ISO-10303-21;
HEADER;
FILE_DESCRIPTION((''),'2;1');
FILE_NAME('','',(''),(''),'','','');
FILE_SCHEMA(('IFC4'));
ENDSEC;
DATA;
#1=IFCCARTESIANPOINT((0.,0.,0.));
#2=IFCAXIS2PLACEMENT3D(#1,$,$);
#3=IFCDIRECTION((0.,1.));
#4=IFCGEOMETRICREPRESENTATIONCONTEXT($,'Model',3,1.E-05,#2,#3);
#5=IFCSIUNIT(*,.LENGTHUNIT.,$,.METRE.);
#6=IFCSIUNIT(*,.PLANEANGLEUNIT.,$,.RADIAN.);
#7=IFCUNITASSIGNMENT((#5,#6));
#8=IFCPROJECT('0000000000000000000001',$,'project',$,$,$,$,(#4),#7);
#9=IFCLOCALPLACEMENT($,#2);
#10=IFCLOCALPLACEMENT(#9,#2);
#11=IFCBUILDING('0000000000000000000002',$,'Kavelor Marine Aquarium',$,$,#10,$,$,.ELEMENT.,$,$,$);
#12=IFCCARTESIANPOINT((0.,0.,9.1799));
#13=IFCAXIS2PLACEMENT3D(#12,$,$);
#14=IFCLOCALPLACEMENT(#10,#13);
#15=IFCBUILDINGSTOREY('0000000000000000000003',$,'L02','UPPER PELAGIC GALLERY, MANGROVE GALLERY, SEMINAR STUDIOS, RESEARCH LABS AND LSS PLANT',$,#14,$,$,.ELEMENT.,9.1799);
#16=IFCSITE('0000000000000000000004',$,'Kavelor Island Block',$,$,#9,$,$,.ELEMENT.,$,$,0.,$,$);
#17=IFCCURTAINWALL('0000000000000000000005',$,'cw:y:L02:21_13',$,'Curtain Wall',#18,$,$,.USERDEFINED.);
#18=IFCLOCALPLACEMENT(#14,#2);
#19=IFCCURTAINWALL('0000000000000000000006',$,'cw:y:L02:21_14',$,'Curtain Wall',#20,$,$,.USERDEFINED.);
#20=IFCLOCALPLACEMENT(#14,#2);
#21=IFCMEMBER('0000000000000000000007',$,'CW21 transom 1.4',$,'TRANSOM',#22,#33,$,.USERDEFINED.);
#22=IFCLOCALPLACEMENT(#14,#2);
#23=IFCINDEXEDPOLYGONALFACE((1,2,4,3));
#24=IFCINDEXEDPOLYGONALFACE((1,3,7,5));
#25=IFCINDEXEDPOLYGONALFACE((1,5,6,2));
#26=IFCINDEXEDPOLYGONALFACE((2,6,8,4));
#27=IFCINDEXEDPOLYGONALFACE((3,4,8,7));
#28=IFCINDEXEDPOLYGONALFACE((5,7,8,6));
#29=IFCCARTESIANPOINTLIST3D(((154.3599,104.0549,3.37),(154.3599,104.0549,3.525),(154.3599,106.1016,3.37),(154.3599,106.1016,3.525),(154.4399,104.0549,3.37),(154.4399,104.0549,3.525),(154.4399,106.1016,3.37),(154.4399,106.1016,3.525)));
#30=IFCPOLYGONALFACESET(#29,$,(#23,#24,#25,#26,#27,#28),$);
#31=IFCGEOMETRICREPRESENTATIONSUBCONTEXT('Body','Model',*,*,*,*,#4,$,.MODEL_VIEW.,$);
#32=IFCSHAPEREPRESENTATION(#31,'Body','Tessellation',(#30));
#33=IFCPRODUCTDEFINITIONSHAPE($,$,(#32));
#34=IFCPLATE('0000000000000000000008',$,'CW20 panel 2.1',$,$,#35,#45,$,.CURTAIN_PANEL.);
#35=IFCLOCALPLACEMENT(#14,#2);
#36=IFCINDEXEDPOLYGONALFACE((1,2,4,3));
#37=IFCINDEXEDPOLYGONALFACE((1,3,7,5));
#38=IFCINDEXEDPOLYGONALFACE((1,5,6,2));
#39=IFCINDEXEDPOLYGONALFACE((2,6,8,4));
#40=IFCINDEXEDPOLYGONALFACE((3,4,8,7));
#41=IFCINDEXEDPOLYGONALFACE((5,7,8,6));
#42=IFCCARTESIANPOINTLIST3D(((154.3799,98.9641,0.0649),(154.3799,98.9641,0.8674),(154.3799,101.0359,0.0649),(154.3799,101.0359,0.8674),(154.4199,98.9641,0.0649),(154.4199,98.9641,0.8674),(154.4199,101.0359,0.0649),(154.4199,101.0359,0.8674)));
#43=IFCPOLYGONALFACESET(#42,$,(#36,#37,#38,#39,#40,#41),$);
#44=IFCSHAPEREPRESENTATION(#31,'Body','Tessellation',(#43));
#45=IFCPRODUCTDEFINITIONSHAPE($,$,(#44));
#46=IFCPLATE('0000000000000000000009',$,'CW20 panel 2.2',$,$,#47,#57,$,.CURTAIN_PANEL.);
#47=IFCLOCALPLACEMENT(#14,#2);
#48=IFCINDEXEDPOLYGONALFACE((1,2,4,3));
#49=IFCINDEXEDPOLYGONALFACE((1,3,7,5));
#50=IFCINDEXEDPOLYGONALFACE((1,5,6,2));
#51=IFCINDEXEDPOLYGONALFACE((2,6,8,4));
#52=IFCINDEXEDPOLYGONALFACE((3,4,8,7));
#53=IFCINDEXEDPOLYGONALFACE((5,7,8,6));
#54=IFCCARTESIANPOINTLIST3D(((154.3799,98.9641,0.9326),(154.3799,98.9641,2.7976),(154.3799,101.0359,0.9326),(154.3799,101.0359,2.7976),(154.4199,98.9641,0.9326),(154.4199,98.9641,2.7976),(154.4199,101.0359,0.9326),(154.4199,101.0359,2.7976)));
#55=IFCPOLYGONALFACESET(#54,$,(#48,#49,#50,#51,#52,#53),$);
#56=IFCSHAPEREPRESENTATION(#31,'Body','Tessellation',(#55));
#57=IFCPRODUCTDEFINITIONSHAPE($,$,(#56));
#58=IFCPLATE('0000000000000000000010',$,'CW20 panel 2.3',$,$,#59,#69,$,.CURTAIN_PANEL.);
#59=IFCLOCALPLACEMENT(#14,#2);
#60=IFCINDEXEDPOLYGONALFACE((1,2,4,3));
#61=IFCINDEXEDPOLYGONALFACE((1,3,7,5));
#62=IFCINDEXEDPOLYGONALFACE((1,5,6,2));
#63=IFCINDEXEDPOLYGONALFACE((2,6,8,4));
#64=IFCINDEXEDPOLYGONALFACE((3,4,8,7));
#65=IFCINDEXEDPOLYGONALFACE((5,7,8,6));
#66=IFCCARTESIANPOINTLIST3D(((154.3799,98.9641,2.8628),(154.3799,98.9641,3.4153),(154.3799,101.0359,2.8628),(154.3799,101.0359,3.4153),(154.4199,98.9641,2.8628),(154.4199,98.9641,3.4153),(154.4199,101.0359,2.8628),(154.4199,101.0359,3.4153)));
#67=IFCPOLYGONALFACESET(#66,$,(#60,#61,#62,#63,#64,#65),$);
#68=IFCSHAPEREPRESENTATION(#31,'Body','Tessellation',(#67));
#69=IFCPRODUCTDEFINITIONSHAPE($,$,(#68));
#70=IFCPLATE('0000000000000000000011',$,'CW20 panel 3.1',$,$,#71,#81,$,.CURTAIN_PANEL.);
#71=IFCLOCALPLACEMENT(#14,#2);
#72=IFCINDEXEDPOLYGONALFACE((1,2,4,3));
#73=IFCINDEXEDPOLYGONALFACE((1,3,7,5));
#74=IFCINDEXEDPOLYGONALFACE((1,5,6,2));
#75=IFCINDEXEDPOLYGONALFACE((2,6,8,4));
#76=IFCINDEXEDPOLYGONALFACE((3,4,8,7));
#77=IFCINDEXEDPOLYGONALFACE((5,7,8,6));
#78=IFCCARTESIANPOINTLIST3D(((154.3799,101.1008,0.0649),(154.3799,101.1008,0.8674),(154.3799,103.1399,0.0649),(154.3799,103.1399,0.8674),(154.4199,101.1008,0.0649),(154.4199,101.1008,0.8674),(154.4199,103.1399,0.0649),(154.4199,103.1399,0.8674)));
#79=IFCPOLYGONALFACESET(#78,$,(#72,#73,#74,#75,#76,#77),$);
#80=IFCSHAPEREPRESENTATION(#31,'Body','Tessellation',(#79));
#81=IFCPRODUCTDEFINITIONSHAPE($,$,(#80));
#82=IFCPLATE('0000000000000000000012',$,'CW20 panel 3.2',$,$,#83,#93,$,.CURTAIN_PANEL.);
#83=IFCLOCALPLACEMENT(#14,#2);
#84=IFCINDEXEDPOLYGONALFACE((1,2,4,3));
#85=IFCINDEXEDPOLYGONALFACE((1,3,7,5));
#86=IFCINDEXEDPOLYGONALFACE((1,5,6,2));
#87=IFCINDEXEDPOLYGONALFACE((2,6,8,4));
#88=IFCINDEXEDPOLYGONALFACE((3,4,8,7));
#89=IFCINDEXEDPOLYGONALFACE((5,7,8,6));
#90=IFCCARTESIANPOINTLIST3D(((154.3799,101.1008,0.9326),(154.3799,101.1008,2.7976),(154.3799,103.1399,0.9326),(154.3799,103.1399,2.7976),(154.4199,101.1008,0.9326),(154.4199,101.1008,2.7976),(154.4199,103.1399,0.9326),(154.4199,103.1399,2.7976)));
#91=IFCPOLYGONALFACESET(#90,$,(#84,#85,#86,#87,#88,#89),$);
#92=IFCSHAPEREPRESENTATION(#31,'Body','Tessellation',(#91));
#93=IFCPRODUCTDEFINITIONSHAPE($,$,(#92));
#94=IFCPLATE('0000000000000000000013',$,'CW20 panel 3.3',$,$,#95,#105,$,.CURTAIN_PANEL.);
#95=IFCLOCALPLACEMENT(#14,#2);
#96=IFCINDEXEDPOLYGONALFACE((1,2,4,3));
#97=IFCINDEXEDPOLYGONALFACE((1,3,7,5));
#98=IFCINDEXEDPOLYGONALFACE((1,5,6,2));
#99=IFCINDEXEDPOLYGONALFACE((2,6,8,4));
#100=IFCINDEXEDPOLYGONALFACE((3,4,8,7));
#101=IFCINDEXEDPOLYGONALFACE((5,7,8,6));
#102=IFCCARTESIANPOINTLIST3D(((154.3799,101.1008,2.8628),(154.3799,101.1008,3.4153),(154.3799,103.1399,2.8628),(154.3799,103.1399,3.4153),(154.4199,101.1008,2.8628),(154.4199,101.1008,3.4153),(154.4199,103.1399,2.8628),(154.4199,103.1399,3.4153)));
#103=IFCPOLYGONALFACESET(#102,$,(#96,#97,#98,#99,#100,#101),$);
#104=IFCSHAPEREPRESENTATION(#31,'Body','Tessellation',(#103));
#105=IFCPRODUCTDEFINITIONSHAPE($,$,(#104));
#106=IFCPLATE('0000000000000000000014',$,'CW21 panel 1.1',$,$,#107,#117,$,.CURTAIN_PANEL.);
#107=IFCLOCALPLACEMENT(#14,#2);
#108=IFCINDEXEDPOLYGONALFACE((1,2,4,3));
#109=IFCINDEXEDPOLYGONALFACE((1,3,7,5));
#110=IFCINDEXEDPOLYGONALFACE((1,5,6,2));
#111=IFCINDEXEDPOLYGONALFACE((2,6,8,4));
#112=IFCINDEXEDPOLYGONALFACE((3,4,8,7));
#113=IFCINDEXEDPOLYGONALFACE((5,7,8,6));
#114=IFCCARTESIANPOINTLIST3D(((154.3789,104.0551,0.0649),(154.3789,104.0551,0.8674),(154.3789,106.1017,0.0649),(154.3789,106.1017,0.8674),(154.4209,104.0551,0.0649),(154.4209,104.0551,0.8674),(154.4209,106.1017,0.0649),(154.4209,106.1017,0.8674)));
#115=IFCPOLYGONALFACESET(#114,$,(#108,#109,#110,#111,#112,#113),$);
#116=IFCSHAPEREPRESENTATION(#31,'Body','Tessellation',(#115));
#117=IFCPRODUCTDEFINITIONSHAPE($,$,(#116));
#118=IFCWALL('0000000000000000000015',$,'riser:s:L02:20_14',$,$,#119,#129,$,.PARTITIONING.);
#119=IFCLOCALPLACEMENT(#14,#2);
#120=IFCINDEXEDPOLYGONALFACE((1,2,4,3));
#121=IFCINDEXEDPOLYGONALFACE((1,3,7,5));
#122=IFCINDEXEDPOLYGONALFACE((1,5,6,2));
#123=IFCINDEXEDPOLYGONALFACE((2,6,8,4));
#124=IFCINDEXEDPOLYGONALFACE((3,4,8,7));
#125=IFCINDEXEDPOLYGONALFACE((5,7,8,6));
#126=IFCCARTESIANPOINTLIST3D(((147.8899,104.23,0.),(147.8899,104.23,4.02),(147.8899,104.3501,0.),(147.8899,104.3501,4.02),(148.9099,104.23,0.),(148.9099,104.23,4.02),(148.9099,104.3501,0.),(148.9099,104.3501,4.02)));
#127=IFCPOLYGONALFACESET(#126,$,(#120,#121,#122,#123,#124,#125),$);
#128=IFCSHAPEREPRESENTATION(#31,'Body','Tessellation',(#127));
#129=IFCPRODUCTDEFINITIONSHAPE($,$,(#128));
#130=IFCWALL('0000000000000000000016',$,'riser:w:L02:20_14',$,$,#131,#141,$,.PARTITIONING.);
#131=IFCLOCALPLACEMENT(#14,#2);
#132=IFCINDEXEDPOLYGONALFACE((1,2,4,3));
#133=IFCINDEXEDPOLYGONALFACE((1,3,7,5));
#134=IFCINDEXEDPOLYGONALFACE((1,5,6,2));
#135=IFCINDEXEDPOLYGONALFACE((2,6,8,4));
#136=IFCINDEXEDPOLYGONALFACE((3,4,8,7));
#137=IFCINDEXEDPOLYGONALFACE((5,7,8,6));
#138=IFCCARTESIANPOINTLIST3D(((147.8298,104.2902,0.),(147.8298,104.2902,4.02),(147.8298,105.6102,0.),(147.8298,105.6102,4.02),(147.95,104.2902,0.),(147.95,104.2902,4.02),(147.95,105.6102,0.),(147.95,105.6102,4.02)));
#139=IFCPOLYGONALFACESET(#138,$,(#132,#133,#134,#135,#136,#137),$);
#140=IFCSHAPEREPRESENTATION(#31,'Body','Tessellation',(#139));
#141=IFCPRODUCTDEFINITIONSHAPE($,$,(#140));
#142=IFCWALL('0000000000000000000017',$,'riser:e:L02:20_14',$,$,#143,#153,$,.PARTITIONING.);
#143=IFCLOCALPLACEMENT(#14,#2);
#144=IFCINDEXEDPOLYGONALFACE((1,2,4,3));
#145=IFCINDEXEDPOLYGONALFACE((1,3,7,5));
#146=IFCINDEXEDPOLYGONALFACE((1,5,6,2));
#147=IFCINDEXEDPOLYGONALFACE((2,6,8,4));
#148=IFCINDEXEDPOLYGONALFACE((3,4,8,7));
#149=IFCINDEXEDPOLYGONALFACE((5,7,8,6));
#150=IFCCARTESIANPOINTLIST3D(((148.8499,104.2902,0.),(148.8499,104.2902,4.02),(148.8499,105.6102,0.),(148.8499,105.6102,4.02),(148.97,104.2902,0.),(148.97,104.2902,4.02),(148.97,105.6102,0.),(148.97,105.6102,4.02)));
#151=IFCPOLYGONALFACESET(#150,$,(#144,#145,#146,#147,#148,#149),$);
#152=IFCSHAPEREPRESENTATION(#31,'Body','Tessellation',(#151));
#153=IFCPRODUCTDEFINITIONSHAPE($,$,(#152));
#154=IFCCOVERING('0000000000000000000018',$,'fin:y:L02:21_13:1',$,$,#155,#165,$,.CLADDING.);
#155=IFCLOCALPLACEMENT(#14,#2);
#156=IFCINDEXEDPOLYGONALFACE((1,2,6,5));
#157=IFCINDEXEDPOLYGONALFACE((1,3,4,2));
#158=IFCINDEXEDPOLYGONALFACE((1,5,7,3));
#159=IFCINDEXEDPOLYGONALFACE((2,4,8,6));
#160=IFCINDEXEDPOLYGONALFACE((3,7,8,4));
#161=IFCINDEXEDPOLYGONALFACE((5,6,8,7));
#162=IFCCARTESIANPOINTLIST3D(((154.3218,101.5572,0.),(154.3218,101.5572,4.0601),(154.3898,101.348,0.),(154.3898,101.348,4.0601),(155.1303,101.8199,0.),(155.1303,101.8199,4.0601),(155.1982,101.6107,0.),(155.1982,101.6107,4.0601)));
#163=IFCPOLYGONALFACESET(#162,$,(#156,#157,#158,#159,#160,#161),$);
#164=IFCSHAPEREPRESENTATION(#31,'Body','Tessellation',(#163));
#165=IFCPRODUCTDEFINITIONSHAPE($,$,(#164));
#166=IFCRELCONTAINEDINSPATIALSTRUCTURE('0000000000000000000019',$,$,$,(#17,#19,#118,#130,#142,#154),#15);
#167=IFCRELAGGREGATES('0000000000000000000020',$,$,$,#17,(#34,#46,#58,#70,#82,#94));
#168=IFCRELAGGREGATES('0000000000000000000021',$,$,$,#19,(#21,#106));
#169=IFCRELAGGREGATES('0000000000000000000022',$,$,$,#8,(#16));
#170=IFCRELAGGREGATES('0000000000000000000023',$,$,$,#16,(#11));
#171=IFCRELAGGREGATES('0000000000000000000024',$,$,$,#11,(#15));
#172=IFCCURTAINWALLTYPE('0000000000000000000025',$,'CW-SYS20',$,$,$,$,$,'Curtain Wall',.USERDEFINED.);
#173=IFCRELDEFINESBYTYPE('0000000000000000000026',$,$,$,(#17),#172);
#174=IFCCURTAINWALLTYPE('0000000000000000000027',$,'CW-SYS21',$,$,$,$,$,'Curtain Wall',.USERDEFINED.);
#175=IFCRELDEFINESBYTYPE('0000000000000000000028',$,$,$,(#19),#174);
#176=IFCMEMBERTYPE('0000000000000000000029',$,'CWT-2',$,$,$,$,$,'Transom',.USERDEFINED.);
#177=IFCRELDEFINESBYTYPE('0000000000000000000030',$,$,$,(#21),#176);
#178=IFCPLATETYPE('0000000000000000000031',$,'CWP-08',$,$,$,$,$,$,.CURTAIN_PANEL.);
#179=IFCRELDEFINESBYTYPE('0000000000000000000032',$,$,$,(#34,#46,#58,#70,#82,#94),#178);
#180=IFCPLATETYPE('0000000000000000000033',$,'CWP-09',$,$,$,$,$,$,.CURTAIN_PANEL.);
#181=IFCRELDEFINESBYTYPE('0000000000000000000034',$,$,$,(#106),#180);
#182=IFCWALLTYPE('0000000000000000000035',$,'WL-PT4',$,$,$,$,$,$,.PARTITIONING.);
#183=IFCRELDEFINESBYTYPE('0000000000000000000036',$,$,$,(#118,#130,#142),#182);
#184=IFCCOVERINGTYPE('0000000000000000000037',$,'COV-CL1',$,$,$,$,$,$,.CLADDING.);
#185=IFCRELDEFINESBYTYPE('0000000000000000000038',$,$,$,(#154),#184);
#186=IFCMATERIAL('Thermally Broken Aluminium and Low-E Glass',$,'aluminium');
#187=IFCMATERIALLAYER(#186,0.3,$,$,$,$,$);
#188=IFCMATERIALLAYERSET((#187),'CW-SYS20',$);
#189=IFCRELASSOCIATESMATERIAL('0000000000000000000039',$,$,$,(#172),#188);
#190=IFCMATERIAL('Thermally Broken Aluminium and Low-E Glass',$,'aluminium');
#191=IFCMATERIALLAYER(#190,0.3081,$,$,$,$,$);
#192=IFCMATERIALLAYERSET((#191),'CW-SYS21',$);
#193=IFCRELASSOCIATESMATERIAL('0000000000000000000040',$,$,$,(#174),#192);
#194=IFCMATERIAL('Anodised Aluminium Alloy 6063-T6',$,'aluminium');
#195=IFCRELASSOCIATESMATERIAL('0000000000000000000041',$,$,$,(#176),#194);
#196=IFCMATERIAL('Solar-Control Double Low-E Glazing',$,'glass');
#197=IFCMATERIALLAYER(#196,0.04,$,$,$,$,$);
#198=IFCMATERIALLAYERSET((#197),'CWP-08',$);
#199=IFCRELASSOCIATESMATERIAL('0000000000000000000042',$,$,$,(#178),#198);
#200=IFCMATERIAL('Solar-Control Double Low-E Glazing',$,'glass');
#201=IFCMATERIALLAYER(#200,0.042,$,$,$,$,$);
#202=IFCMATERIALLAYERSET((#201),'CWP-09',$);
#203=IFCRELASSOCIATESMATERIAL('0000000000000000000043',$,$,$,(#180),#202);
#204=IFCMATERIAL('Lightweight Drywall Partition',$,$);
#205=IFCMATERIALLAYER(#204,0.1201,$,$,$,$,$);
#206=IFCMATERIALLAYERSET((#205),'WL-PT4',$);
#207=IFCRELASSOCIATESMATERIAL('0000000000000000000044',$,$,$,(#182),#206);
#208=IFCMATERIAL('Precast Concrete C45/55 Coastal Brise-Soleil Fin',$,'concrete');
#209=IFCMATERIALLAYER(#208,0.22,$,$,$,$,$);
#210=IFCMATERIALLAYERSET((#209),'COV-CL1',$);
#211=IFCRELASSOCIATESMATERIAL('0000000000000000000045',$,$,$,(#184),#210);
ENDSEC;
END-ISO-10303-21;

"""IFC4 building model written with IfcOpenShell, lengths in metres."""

from ifc_helpers import new_model, si_unit, direction, frame, frame_2d, origin, origin_2d, place, context, subcontext, project, spatial, rectangle, extrude, material, layer, layer_set, material_profile, profile_set, type_object, element, aggregate, save


model = new_model("IFC4")

# Units and contexts
model_context = context("Model", 3, precision=1e-05, world=origin(), true_north=direction((0.0, 1.0)))
body_context = subcontext(model_context, "Body", "Model", "MODEL_VIEW")
ifc_project = project(units=[si_unit("LENGTHUNIT", "METRE"), si_unit("PLANEANGLEUNIT", "RADIAN")], contexts=[model_context])

# Site, building, storey
site_placement = place(None, origin())
site = spatial("IfcSite", under=ifc_project, at=site_placement, Name="Kavelor Island Block", CompositionType="ELEMENT", RefElevation=0.0)
building_placement = place(site_placement, origin())
building = spatial("IfcBuilding", under=site, at=building_placement, Name="Kavelor Marine Aquarium", CompositionType="ELEMENT")
storey_placement = place(building_placement, frame((0.0, 0.0, 9.1799)))
storey = spatial("IfcBuildingStorey", under=building, at=storey_placement, Name="L02", Description="UPPER PELAGIC GALLERY, MANGROVE GALLERY, SEMINAR STUDIOS, RESEARCH LABS AND LSS PLANT", CompositionType="ELEMENT", Elevation=9.1799)

# Curtain wall
ifc_material_1 = material(Name="Thermally Broken Aluminium and Low-E Glass", Category="aluminium")
ifc_layer_1 = layer(ifc_material_1, 0.3)
ifc_layer_set_1 = layer_set([ifc_layer_1], Name="CW-SYS20")
curtain_wall_type_1 = type_object("IfcCurtainWallType", Name="CW-SYS20", ElementType="Curtain Wall", PredefinedType="USERDEFINED", material=ifc_layer_set_1)
curtain_wall_1_placement = place(storey_placement, origin())
curtain_wall_1 = element("IfcCurtainWall", 1, at=curtain_wall_1_placement, inside=storey, type_object=curtain_wall_type_1, Name="cw:y:L02:21_13", ObjectType="Curtain Wall", PredefinedType="USERDEFINED")

# Curtain wall
ifc_material_2 = material(Name="Thermally Broken Aluminium and Low-E Glass", Category="aluminium")
ifc_layer_2 = layer(ifc_material_2, 0.3081)
ifc_layer_set_2 = layer_set([ifc_layer_2], Name="CW-SYS21")
curtain_wall_type_2 = type_object("IfcCurtainWallType", Name="CW-SYS21", ElementType="Curtain Wall", PredefinedType="USERDEFINED", material=ifc_layer_set_2)
curtain_wall_2_placement = place(storey_placement, origin())
curtain_wall_2 = element("IfcCurtainWall", 2, at=curtain_wall_2_placement, inside=storey, type_object=curtain_wall_type_2, Name="cw:y:L02:21_14", ObjectType="Curtain Wall", PredefinedType="USERDEFINED")

# Member
ifc_material_3 = material(Name="Anodised Aluminium Alloy 6063-T6", Category="aluminium")
ifc_material_profile_1 = material_profile(ifc_material_3, rectangle(XDim=0.0801, YDim=0.155, at=origin_2d()), Name="CW-TRN 80x155")
ifc_profile_set_1 = profile_set([ifc_material_profile_1], Name="Anodised Aluminium Alloy 6063-T6")
member_type_1 = type_object("IfcMemberType", Name="CWT-2", ElementType="Transom", PredefinedType="USERDEFINED", material=ifc_profile_set_1)
member_1_placement = place(storey_placement, frame((154.3999, 104.0549, 3.4475), z_axis=(0.0, 1.0, 0.0), x_axis=(-1.0, 0.0, 0.0)))
member_1 = element("IfcMember", 3, at=member_1_placement, type_object=member_type_1, Name="CW21 transom 1.4", ObjectType="TRANSOM", PredefinedType="USERDEFINED", context=body_context, shape_type="SweptSolid", body=[
    extrude(rectangle(XDim=0.0801, YDim=0.155, at=origin_2d()), origin(), (0.0, 0.0, 1.0), 2.0466),
])

# Plates
ifc_material_4 = material(Name="Solar-Control Double Low-E Glazing", Category="glass")
ifc_layer_3 = layer(ifc_material_4, 0.04)
ifc_layer_set_3 = layer_set([ifc_layer_3], Name="CWP-08")
plate_type_1 = type_object("IfcPlateType", Name="CWP-08", PredefinedType="CURTAIN_PANEL", material=ifc_layer_set_3)
plate_1_placement = place(storey_placement, frame((154.3999, 100.0, 0.0649), z_axis=(0.0, 0.0, 1.0), x_axis=(0.0, 1.0, 0.0)))
plate_1 = element("IfcPlate", 4, at=plate_1_placement, type_object=plate_type_1, Name="CW20 panel 2.1", PredefinedType="CURTAIN_PANEL", context=body_context, shape_type="SweptSolid", body=[
    extrude(rectangle(XDim=2.0718, YDim=0.04, at=origin_2d()), origin(), (0.0, 0.0, 1.0), 0.8025),
])
plate_2_placement = place(storey_placement, frame((154.3999, 100.0, 0.9326), z_axis=(0.0, 0.0, 1.0), x_axis=(0.0, 1.0, 0.0)))
plate_2 = element("IfcPlate", 5, at=plate_2_placement, type_object=plate_type_1, Name="CW20 panel 2.2", PredefinedType="CURTAIN_PANEL", context=body_context, shape_type="SweptSolid", body=[
    extrude(rectangle(XDim=2.0718, YDim=0.04, at=origin_2d()), origin(), (0.0, 0.0, 1.0), 1.865),
])
plate_3_placement = place(storey_placement, frame((154.3999, 100.0, 2.8628), z_axis=(0.0, 0.0, 1.0), x_axis=(0.0, 1.0, 0.0)))
plate_3 = element("IfcPlate", 6, at=plate_3_placement, type_object=plate_type_1, Name="CW20 panel 2.3", PredefinedType="CURTAIN_PANEL", context=body_context, shape_type="SweptSolid", body=[
    extrude(rectangle(XDim=2.0718, YDim=0.04, at=origin_2d()), origin(), (0.0, 0.0, 1.0), 0.5525),
])
plate_4_placement = place(storey_placement, frame((154.3999, 102.1204, 0.0649), z_axis=(0.0, 0.0, 1.0), x_axis=(0.0, 1.0, 0.0)))
plate_4 = element("IfcPlate", 7, at=plate_4_placement, type_object=plate_type_1, Name="CW20 panel 3.1", PredefinedType="CURTAIN_PANEL", context=body_context, shape_type="SweptSolid", body=[
    extrude(rectangle(XDim=2.0391, YDim=0.04, at=origin_2d()), origin(), (0.0, 0.0, 1.0), 0.8025),
])
plate_5_placement = place(storey_placement, frame((154.3999, 102.1204, 0.9326), z_axis=(0.0, 0.0, 1.0), x_axis=(0.0, 1.0, 0.0)))
plate_5 = element("IfcPlate", 8, at=plate_5_placement, type_object=plate_type_1, Name="CW20 panel 3.2", PredefinedType="CURTAIN_PANEL", context=body_context, shape_type="SweptSolid", body=[
    extrude(rectangle(XDim=2.0391, YDim=0.04, at=origin_2d()), origin(), (0.0, 0.0, 1.0), 1.865),
])
plate_6_placement = place(storey_placement, frame((154.3999, 102.1204, 2.8628), z_axis=(0.0, 0.0, 1.0), x_axis=(0.0, 1.0, 0.0)))
plate_6 = element("IfcPlate", 9, at=plate_6_placement, type_object=plate_type_1, Name="CW20 panel 3.3", PredefinedType="CURTAIN_PANEL", context=body_context, shape_type="SweptSolid", body=[
    extrude(rectangle(XDim=2.0391, YDim=0.04, at=origin_2d()), origin(), (0.0, 0.0, 1.0), 0.5525),
])
aggregate(curtain_wall_1, [plate_1, plate_2, plate_3, plate_4, plate_5, plate_6])
ifc_material_5 = material(Name="Solar-Control Double Low-E Glazing", Category="glass")
ifc_layer_4 = layer(ifc_material_5, 0.042)
ifc_layer_set_4 = layer_set([ifc_layer_4], Name="CWP-09")
plate_type_2 = type_object("IfcPlateType", Name="CWP-09", PredefinedType="CURTAIN_PANEL", material=ifc_layer_set_4)
plate_7_placement = place(storey_placement, frame((154.3999, 105.0784, 0.0649), z_axis=(0.0, 0.0, 1.0), x_axis=(0.0, 1.0, 0.0)))
plate_7 = element("IfcPlate", 10, at=plate_7_placement, type_object=plate_type_2, Name="CW21 panel 1.1", PredefinedType="CURTAIN_PANEL", context=body_context, shape_type="SweptSolid", body=[
    extrude(rectangle(XDim=2.0466, YDim=0.042, at=origin_2d()), origin(), (0.0, 0.0, 1.0), 0.8025),
])
aggregate(curtain_wall_2, [member_1, plate_7])

# Walls
ifc_material_6 = material(Name="Lightweight Drywall Partition")
ifc_layer_5 = layer(ifc_material_6, 0.1201)
ifc_layer_set_5 = layer_set([ifc_layer_5], Name="WL-PT4")
wall_type = type_object("IfcWallType", Name="WL-PT4", PredefinedType="PARTITIONING", material=ifc_layer_set_5)
wall_placement = place(storey_placement, frame((147.8899, 104.29, 0.0), z_axis=(0.0, 0.0, 1.0), x_axis=(1.0, 0.0, 0.0)))
element("IfcWall", 11, at=wall_placement, inside=storey, type_object=wall_type, Name="riser:s:L02:20_14", PredefinedType="PARTITIONING", context=body_context, shape_type="SweptSolid", body=[
    extrude(rectangle(XDim=1.02, YDim=0.1201, at=frame_2d((0.51, 0.0))), origin(), (0.0, 0.0, 1.0), 4.02),
])
for number, where, z_axis, x_axis, name in (
    (12, (147.8899, 104.29, 0.0), (0.0, 0.0, 1.0), (0.0, 1.0, 0.0), "riser:w:L02:20_14"),
    (13, (148.9099, 104.29, 0.0), (0.0, 0.0, 1.0), (0.0, 1.0, 0.0), "riser:e:L02:20_14"),
):
    element("IfcWall", number, at=place(storey_placement, frame(where, z_axis=z_axis, x_axis=x_axis)), inside=storey, type_object=wall_type, Name=name, PredefinedType="PARTITIONING", context=body_context, shape_type="SweptSolid", body=[
        extrude(rectangle(XDim=1.3201, YDim=0.1201, at=frame_2d((0.6602, 0.0))), origin(), (0.0, 0.0, 1.0), 4.02),
    ])

# Covering
ifc_material_7 = material(Name="Precast Concrete C45/55 Coastal Brise-Soleil Fin", Category="concrete")
ifc_layer_6 = layer(ifc_material_7, 0.22)
ifc_layer_set_6 = layer_set([ifc_layer_6], Name="COV-CL1")
covering_type = type_object("IfcCoveringType", Name="COV-CL1", PredefinedType="CLADDING", material=ifc_layer_set_6)
covering_placement = place(storey_placement, frame((154.76, 101.584, 0.0), z_axis=(0.0, 0.0, 1.0), x_axis=(0.951057, 0.309017, 0.0)))
element("IfcCovering", 14, at=covering_placement, inside=storey, type_object=covering_type, Name="fin:y:L02:21_13:1", PredefinedType="CLADDING", context=body_context, shape_type="SweptSolid", body=[
    extrude(rectangle(XDim=0.8501, YDim=0.22, at=origin_2d()), origin(), (0.0, 0.0, 1.0), 4.0601),
])

save(model, "model.ifc")
